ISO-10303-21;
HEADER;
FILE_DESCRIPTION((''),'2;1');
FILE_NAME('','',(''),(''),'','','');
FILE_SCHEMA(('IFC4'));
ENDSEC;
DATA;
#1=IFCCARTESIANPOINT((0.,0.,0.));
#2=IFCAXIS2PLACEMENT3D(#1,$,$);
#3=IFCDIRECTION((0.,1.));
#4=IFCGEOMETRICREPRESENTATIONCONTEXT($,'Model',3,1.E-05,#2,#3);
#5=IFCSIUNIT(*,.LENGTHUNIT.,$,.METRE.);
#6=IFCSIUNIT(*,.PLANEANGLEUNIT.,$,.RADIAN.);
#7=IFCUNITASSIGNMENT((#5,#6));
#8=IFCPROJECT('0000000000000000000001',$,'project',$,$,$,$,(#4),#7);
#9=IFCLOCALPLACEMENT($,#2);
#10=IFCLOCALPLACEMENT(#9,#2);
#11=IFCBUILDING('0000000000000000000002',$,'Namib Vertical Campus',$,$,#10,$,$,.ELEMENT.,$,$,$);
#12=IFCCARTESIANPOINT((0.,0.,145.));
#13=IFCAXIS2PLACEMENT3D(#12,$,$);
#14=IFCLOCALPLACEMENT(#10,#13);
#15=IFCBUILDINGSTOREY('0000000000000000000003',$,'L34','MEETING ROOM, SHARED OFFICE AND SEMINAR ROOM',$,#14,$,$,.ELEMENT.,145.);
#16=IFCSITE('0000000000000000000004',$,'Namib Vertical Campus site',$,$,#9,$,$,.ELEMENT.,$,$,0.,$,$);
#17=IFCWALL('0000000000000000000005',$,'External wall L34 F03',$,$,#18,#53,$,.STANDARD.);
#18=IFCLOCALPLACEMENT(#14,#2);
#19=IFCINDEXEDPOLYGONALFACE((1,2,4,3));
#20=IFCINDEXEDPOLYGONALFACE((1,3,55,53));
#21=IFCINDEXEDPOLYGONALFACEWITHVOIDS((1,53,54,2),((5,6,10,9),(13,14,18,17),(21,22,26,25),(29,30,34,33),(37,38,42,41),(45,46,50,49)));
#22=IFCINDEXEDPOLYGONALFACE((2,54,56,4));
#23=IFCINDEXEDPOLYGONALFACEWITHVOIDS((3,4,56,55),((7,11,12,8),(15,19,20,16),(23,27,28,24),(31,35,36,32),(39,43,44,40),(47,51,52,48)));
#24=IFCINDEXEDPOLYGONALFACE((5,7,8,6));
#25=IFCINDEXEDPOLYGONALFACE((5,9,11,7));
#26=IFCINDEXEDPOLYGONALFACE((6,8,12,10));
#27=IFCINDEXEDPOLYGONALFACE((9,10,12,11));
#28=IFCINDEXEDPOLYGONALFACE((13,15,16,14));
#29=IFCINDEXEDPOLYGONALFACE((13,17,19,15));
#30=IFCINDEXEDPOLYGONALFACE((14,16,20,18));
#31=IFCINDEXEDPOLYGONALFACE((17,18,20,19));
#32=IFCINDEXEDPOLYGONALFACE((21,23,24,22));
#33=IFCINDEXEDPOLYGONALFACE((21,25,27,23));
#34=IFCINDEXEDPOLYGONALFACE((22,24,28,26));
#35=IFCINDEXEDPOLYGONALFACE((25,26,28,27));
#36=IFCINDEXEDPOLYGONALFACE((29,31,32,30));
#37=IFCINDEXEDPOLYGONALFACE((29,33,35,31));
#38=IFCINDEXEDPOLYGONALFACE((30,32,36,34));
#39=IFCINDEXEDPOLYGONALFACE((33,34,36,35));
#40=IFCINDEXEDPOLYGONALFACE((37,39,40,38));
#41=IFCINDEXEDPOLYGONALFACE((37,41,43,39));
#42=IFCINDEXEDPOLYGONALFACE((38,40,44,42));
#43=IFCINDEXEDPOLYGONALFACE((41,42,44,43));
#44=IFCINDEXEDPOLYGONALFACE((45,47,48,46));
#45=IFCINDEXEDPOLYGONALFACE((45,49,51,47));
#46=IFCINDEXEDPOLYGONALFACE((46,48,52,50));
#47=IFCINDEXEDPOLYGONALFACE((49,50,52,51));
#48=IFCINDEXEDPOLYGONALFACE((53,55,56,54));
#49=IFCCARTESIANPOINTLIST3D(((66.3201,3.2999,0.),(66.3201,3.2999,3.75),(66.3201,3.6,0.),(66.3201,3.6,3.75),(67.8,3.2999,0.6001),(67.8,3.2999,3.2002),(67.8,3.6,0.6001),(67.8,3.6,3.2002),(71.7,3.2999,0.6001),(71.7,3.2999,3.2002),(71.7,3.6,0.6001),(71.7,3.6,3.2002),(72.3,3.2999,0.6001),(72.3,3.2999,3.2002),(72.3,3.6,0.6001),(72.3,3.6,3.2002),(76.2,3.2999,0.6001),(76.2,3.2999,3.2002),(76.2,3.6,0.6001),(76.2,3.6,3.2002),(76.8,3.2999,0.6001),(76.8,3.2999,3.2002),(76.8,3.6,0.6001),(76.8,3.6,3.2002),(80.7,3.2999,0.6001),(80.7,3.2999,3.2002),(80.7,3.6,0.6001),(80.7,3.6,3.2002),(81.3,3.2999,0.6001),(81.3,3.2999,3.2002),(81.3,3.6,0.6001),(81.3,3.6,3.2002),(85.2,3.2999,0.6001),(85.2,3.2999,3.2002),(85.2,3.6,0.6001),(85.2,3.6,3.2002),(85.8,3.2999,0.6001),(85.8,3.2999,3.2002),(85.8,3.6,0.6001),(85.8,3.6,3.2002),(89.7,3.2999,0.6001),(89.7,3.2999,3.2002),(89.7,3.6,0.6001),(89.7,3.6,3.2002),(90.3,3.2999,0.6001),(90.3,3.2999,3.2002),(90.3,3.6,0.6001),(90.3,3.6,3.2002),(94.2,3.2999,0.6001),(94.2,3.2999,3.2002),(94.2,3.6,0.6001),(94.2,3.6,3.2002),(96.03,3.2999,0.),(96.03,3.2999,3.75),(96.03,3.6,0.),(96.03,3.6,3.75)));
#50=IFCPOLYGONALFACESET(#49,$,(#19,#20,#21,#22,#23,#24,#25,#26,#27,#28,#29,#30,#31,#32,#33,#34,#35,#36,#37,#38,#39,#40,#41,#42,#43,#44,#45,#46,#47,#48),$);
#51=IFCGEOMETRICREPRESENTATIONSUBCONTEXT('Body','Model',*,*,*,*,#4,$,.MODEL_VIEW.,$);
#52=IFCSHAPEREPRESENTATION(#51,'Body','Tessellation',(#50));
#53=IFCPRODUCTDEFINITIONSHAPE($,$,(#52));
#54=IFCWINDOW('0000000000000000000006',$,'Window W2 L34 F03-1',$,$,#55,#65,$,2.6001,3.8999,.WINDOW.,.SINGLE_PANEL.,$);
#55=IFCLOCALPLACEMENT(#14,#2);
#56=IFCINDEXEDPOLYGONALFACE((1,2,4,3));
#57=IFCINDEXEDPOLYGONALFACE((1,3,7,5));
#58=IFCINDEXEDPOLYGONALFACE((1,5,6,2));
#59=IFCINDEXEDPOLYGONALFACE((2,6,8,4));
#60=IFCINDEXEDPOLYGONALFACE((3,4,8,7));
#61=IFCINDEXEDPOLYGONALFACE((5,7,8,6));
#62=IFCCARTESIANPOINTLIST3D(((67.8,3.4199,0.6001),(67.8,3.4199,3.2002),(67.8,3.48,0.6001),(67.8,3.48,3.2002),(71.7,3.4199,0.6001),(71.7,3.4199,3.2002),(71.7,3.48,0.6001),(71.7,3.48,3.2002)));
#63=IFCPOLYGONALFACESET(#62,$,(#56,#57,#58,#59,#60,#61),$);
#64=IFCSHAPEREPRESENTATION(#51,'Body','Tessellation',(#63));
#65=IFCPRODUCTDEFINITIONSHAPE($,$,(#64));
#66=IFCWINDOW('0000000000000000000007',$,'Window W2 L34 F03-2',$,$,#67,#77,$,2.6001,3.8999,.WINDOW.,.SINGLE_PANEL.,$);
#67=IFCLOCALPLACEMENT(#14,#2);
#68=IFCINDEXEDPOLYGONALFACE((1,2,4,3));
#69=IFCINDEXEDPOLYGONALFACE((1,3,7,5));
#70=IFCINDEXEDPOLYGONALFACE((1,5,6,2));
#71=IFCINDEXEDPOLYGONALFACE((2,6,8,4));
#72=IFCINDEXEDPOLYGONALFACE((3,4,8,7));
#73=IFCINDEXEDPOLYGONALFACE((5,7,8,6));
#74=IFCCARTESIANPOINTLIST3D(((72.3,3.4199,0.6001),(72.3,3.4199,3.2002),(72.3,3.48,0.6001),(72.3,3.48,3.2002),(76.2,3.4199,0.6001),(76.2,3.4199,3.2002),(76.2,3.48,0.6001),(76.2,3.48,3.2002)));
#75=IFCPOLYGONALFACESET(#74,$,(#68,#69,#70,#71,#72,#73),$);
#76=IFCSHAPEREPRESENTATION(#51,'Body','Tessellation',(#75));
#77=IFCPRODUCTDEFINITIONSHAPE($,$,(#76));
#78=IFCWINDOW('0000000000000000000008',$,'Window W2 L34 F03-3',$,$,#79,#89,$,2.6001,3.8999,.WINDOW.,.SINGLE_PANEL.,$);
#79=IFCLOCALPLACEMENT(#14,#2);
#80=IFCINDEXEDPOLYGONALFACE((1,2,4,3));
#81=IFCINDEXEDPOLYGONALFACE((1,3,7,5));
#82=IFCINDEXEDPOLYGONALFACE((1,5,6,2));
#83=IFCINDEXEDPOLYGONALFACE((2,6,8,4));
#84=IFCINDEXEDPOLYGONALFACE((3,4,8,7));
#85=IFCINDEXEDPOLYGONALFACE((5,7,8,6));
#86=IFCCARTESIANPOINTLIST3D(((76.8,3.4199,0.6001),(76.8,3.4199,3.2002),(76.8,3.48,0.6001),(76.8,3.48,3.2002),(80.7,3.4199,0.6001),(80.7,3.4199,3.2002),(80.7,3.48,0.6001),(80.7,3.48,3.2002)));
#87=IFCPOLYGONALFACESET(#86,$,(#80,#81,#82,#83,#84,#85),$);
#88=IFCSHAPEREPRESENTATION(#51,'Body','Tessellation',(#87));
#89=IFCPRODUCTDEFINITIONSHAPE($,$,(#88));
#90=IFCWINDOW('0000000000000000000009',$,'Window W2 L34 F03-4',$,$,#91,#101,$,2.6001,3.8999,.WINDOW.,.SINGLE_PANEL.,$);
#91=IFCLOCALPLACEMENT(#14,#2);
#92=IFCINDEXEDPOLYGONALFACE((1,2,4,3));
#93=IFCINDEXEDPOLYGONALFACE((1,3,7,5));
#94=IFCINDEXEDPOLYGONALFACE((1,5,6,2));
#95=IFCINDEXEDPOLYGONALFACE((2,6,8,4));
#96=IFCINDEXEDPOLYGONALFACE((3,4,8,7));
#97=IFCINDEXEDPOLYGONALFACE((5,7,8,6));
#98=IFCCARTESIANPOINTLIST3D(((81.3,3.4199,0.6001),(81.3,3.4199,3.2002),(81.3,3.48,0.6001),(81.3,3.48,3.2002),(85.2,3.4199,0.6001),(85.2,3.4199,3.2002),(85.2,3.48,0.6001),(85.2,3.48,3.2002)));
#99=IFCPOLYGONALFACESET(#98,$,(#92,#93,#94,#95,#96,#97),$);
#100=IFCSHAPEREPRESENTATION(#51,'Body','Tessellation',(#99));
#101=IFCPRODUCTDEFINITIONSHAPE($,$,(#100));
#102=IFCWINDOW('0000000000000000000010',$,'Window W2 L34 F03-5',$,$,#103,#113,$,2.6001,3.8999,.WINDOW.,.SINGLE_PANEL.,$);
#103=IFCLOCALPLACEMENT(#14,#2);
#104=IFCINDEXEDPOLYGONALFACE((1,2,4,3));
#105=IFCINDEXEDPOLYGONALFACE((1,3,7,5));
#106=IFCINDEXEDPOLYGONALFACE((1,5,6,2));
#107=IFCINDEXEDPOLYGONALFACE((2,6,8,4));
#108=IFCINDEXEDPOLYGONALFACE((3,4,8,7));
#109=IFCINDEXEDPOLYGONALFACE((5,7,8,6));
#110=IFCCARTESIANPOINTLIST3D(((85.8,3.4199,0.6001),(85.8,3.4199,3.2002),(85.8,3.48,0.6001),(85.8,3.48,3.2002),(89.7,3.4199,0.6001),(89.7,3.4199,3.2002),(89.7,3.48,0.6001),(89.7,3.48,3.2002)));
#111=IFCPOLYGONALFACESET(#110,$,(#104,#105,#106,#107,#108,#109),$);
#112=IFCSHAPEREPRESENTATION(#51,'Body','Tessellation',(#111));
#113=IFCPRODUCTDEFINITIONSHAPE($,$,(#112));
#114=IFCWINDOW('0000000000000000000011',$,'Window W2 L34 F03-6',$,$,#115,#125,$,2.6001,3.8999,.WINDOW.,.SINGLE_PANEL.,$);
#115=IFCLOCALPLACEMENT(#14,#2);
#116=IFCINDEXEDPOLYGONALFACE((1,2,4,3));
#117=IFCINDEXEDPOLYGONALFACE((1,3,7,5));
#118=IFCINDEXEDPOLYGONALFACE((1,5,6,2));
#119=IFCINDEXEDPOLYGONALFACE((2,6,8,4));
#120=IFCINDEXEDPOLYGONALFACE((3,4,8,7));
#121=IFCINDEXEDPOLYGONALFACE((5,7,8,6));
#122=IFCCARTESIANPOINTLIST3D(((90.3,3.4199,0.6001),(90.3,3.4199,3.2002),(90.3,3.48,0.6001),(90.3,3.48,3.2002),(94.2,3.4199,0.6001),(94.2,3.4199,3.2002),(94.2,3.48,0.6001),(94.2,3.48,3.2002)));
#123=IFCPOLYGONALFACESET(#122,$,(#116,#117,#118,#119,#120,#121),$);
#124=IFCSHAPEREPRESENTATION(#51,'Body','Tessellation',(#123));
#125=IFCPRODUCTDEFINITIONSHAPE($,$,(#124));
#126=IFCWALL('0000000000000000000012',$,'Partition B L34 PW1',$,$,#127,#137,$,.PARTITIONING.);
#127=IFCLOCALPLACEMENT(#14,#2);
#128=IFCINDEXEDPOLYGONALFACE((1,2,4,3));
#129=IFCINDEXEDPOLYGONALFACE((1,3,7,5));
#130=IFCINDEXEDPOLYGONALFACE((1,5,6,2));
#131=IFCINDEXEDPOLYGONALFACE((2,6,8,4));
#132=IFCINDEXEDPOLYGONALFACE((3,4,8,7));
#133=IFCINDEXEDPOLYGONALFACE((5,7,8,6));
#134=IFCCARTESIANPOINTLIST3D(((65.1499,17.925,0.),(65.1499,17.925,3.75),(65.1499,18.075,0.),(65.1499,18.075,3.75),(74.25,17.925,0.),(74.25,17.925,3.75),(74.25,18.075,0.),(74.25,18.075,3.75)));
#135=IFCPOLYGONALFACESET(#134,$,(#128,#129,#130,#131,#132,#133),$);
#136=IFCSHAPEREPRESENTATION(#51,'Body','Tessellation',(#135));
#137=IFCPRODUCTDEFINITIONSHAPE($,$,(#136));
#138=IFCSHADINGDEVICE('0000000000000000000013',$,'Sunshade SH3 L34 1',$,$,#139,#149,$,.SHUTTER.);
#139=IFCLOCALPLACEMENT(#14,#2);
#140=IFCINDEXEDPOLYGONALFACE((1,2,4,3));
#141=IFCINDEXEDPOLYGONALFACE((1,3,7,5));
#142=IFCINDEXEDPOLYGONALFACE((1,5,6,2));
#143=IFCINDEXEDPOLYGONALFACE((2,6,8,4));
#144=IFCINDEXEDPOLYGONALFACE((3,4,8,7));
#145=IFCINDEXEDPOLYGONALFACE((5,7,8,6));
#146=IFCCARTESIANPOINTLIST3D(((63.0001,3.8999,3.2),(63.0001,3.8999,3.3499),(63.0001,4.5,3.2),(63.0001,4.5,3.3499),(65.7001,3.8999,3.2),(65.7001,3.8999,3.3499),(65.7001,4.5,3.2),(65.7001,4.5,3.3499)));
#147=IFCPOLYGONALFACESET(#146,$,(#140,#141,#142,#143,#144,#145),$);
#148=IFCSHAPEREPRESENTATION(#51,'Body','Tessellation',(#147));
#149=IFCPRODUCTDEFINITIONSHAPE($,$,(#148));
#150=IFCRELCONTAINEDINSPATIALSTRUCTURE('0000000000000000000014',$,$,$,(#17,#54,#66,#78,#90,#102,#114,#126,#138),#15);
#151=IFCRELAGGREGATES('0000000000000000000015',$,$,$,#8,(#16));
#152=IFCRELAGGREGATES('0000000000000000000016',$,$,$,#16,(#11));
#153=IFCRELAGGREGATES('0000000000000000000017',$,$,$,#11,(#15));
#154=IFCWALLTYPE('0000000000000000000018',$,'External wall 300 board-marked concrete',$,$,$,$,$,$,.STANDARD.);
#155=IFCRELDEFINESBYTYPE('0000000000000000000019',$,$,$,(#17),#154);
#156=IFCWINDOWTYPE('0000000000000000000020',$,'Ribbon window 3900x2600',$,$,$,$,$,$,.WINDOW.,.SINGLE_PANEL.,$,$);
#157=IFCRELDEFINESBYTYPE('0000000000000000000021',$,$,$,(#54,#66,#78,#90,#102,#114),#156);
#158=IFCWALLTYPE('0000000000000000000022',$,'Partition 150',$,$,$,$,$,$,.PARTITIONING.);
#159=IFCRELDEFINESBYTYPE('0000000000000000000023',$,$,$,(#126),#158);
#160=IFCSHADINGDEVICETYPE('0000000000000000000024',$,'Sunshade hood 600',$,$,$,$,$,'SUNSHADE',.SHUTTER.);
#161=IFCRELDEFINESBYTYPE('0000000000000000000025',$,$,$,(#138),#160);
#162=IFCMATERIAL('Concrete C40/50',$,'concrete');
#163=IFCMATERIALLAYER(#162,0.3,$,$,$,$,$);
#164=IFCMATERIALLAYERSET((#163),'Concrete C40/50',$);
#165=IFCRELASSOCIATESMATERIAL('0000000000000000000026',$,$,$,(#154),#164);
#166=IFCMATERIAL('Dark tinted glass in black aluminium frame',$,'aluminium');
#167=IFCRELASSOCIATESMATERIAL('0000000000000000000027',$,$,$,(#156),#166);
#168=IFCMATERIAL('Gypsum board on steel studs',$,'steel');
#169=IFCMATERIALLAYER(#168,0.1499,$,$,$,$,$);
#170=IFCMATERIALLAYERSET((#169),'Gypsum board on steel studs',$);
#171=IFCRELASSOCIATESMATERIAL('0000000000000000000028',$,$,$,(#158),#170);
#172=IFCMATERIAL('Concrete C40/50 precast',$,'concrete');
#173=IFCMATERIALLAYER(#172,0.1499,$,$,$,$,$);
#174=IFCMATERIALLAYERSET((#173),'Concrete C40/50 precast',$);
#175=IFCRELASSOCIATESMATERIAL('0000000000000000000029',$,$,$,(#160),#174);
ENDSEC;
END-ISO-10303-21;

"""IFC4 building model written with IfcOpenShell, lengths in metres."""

from ifc_helpers import new_model, si_unit, direction, frame, frame_2d, origin, origin_2d, place, context, subcontext, project, spatial, rectangle, extrude, material, layer, layer_set, type_object, element, fill, save


model = new_model("IFC4")

# Units and contexts
model_context = context("Model", 3, precision=1e-05, world=origin(), true_north=direction((0.0, 1.0)))
body_context = subcontext(model_context, "Body", "Model", "MODEL_VIEW")
ifc_project = project(units=[si_unit("LENGTHUNIT", "METRE"), si_unit("PLANEANGLEUNIT", "RADIAN")], contexts=[model_context])

# Site, building, storey
site_placement = place(None, origin())
site = spatial("IfcSite", under=ifc_project, at=site_placement, Name="Namib Vertical Campus site", CompositionType="ELEMENT", RefElevation=0.0)
building_placement = place(site_placement, origin())
building = spatial("IfcBuilding", under=site, at=building_placement, Name="Namib Vertical Campus", CompositionType="ELEMENT")
storey_placement = place(building_placement, frame((0.0, 0.0, 145.0)))
storey = spatial("IfcBuildingStorey", under=building, at=storey_placement, Name="L34", Description="MEETING ROOM, SHARED OFFICE AND SEMINAR ROOM", CompositionType="ELEMENT", Elevation=145.0)

# Shared definitions
ifc_material_1 = material(Name="Concrete C40/50", Category="concrete")
ifc_layer_1 = layer(ifc_material_1, 0.3)
ifc_layer_set_1 = layer_set([ifc_layer_1], Name="Concrete C40/50")
wall_type_1 = type_object("IfcWallType", Name="External wall 300 board-marked concrete", PredefinedType="STANDARD", material=ifc_layer_set_1)

# Wall, openings, windows
wall_1_placement = place(storey_placement, frame((66.3201, 3.45, 0.0), z_axis=(0.0, 0.0, 1.0), x_axis=(1.0, 0.0, 0.0)))
wall_1 = element("IfcWall", 1, at=wall_1_placement, inside=storey, type_object=wall_type_1, Name="External wall L34 F03", PredefinedType="STANDARD", context=body_context, shape_type="SweptSolid", body=[
    extrude(rectangle(XDim=29.71, YDim=0.3, at=frame_2d((14.855, 0.0))), origin(), (0.0, 0.0, 1.0), 3.75),
])
opening_1_placement = place(wall_1_placement, frame((1.48, 0.0, 0.6001)))
opening_1 = element("IfcOpeningElement", 2, at=opening_1_placement, cuts=wall_1, PredefinedType="OPENING", context=body_context, shape_type="SweptSolid", body=[
    extrude(rectangle(XDim=3.8999, YDim=2.6001, at=frame_2d((1.95, 1.3))), frame((0.0, 0.1599, 0.0), z_axis=(0.0, -1.0, 0.0), x_axis=(1.0, 0.0, 0.0)), (0.0, 0.0, 1.0), 0.3201),
])
opening_2_placement = place(wall_1_placement, frame((5.98, 0.0, 0.6001)))
opening_2 = element("IfcOpeningElement", 3, at=opening_2_placement, cuts=wall_1, PredefinedType="OPENING", context=body_context, shape_type="SweptSolid", body=[
    extrude(rectangle(XDim=3.8999, YDim=2.6001, at=frame_2d((1.95, 1.3))), frame((0.0, 0.1599, 0.0), z_axis=(0.0, -1.0, 0.0), x_axis=(1.0, 0.0, 0.0)), (0.0, 0.0, 1.0), 0.3201),
])
opening_3_placement = place(wall_1_placement, frame((10.48, 0.0, 0.6001)))
opening_3 = element("IfcOpeningElement", 4, at=opening_3_placement, cuts=wall_1, PredefinedType="OPENING", context=body_context, shape_type="SweptSolid", body=[
    extrude(rectangle(XDim=3.8999, YDim=2.6001, at=frame_2d((1.95, 1.3))), frame((0.0, 0.1599, 0.0), z_axis=(0.0, -1.0, 0.0), x_axis=(1.0, 0.0, 0.0)), (0.0, 0.0, 1.0), 0.3201),
])
opening_4_placement = place(wall_1_placement, frame((14.98, 0.0, 0.6001)))
opening_4 = element("IfcOpeningElement", 5, at=opening_4_placement, cuts=wall_1, PredefinedType="OPENING", context=body_context, shape_type="SweptSolid", body=[
    extrude(rectangle(XDim=3.8999, YDim=2.6001, at=frame_2d((1.95, 1.3))), frame((0.0, 0.1599, 0.0), z_axis=(0.0, -1.0, 0.0), x_axis=(1.0, 0.0, 0.0)), (0.0, 0.0, 1.0), 0.3201),
])
opening_5_placement = place(wall_1_placement, frame((19.48, 0.0, 0.6001)))
opening_5 = element("IfcOpeningElement", 6, at=opening_5_placement, cuts=wall_1, PredefinedType="OPENING", context=body_context, shape_type="SweptSolid", body=[
    extrude(rectangle(XDim=3.8999, YDim=2.6001, at=frame_2d((1.95, 1.3))), frame((0.0, 0.1599, 0.0), z_axis=(0.0, -1.0, 0.0), x_axis=(1.0, 0.0, 0.0)), (0.0, 0.0, 1.0), 0.3201),
])
opening_6_placement = place(wall_1_placement, frame((23.98, 0.0, 0.6001)))
opening_6 = element("IfcOpeningElement", 7, at=opening_6_placement, cuts=wall_1, PredefinedType="OPENING", context=body_context, shape_type="SweptSolid", body=[
    extrude(rectangle(XDim=3.8999, YDim=2.6001, at=frame_2d((1.95, 1.3))), frame((0.0, 0.1599, 0.0), z_axis=(0.0, -1.0, 0.0), x_axis=(1.0, 0.0, 0.0)), (0.0, 0.0, 1.0), 0.3201),
])
ifc_material_2 = material(Name="Dark tinted glass in black aluminium frame", Category="aluminium")
window_type = type_object("IfcWindowType", Name="Ribbon window 3900x2600", PartitioningType="SINGLE_PANEL", PredefinedType="WINDOW", material=ifc_material_2)
window_1_placement = place(opening_1_placement, origin())
window_1 = element("IfcWindow", 8, at=window_1_placement, inside=storey, type_object=window_type, Name="Window W2 L34 F03-1", OverallHeight=2.6001, OverallWidth=3.8999, PartitioningType="SINGLE_PANEL", PredefinedType="WINDOW", context=body_context, shape_type="SweptSolid", body=[
    extrude(rectangle(XDim=3.8999, YDim=2.6001, at=frame_2d((1.95, 1.3))), frame((0.0, 0.03, 0.0), z_axis=(0.0, -1.0, 0.0), x_axis=(1.0, 0.0, 0.0)), (0.0, 0.0, 1.0), 0.0601),
])
fill(opening_1, window_1)
window_2_placement = place(opening_2_placement, origin())
window_2 = element("IfcWindow", 9, at=window_2_placement, inside=storey, type_object=window_type, Name="Window W2 L34 F03-2", OverallHeight=2.6001, OverallWidth=3.8999, PartitioningType="SINGLE_PANEL", PredefinedType="WINDOW", context=body_context, shape_type="SweptSolid", body=[
    extrude(rectangle(XDim=3.8999, YDim=2.6001, at=frame_2d((1.95, 1.3))), frame((0.0, 0.03, 0.0), z_axis=(0.0, -1.0, 0.0), x_axis=(1.0, 0.0, 0.0)), (0.0, 0.0, 1.0), 0.0601),
])
fill(opening_2, window_2)
window_3_placement = place(opening_3_placement, origin())
window_3 = element("IfcWindow", 10, at=window_3_placement, inside=storey, type_object=window_type, Name="Window W2 L34 F03-3", OverallHeight=2.6001, OverallWidth=3.8999, PartitioningType="SINGLE_PANEL", PredefinedType="WINDOW", context=body_context, shape_type="SweptSolid", body=[
    extrude(rectangle(XDim=3.8999, YDim=2.6001, at=frame_2d((1.95, 1.3))), frame((0.0, 0.03, 0.0), z_axis=(0.0, -1.0, 0.0), x_axis=(1.0, 0.0, 0.0)), (0.0, 0.0, 1.0), 0.0601),
])
fill(opening_3, window_3)
window_4_placement = place(opening_4_placement, origin())
window_4 = element("IfcWindow", 11, at=window_4_placement, inside=storey, type_object=window_type, Name="Window W2 L34 F03-4", OverallHeight=2.6001, OverallWidth=3.8999, PartitioningType="SINGLE_PANEL", PredefinedType="WINDOW", context=body_context, shape_type="SweptSolid", body=[
    extrude(rectangle(XDim=3.8999, YDim=2.6001, at=frame_2d((1.95, 1.3))), frame((0.0, 0.03, 0.0), z_axis=(0.0, -1.0, 0.0), x_axis=(1.0, 0.0, 0.0)), (0.0, 0.0, 1.0), 0.0601),
])
fill(opening_4, window_4)
window_5_placement = place(opening_5_placement, origin())
window_5 = element("IfcWindow", 12, at=window_5_placement, inside=storey, type_object=window_type, Name="Window W2 L34 F03-5", OverallHeight=2.6001, OverallWidth=3.8999, PartitioningType="SINGLE_PANEL", PredefinedType="WINDOW", context=body_context, shape_type="SweptSolid", body=[
    extrude(rectangle(XDim=3.8999, YDim=2.6001, at=frame_2d((1.95, 1.3))), frame((0.0, 0.03, 0.0), z_axis=(0.0, -1.0, 0.0), x_axis=(1.0, 0.0, 0.0)), (0.0, 0.0, 1.0), 0.0601),
])
fill(opening_5, window_5)
window_6_placement = place(opening_6_placement, origin())
window_6 = element("IfcWindow", 13, at=window_6_placement, inside=storey, type_object=window_type, Name="Window W2 L34 F03-6", OverallHeight=2.6001, OverallWidth=3.8999, PartitioningType="SINGLE_PANEL", PredefinedType="WINDOW", context=body_context, shape_type="SweptSolid", body=[
    extrude(rectangle(XDim=3.8999, YDim=2.6001, at=frame_2d((1.95, 1.3))), frame((0.0, 0.03, 0.0), z_axis=(0.0, -1.0, 0.0), x_axis=(1.0, 0.0, 0.0)), (0.0, 0.0, 1.0), 0.0601),
])
fill(opening_6, window_6)

# Wall
ifc_material_3 = material(Name="Gypsum board on steel studs", Category="steel")
ifc_layer_2 = layer(ifc_material_3, 0.1499)
ifc_layer_set_2 = layer_set([ifc_layer_2], Name="Gypsum board on steel studs")
wall_type_2 = type_object("IfcWallType", Name="Partition 150", PredefinedType="PARTITIONING", material=ifc_layer_set_2)
wall_2_placement = place(storey_placement, frame((65.1499, 18.0, 0.0), z_axis=(0.0, 0.0, 1.0), x_axis=(1.0, 0.0, 0.0)))
element("IfcWall", 14, at=wall_2_placement, inside=storey, type_object=wall_type_2, Name="Partition B L34 PW1", PredefinedType="PARTITIONING", context=body_context, shape_type="SweptSolid", body=[
    extrude(rectangle(XDim=9.1001, YDim=0.1499, at=frame_2d((4.55, 0.0))), origin(), (0.0, 0.0, 1.0), 3.75),
])

# Shading device
ifc_material_4 = material(Name="Concrete C40/50 precast", Category="concrete")
ifc_layer_3 = layer(ifc_material_4, 0.1499)
ifc_layer_set_3 = layer_set([ifc_layer_3], Name="Concrete C40/50 precast")
shading_device_type = type_object("IfcShadingDeviceType", Name="Sunshade hood 600", ElementType="SUNSHADE", PredefinedType="SHUTTER", material=ifc_layer_set_3)
shading_device_placement = place(storey_placement, frame((64.3501, 4.2, 3.2), z_axis=(0.0, 0.0, 1.0), x_axis=(1.0, 0.0, 0.0)))
element("IfcShadingDevice", 15, at=shading_device_placement, inside=storey, type_object=shading_device_type, Name="Sunshade SH3 L34 1", PredefinedType="SHUTTER", context=body_context, shape_type="SweptSolid", body=[
    extrude(rectangle(XDim=2.7, YDim=0.6001, at=origin_2d()), origin(), (0.0, 0.0, 1.0), 0.1499),
])

save(model, "model.ifc")
